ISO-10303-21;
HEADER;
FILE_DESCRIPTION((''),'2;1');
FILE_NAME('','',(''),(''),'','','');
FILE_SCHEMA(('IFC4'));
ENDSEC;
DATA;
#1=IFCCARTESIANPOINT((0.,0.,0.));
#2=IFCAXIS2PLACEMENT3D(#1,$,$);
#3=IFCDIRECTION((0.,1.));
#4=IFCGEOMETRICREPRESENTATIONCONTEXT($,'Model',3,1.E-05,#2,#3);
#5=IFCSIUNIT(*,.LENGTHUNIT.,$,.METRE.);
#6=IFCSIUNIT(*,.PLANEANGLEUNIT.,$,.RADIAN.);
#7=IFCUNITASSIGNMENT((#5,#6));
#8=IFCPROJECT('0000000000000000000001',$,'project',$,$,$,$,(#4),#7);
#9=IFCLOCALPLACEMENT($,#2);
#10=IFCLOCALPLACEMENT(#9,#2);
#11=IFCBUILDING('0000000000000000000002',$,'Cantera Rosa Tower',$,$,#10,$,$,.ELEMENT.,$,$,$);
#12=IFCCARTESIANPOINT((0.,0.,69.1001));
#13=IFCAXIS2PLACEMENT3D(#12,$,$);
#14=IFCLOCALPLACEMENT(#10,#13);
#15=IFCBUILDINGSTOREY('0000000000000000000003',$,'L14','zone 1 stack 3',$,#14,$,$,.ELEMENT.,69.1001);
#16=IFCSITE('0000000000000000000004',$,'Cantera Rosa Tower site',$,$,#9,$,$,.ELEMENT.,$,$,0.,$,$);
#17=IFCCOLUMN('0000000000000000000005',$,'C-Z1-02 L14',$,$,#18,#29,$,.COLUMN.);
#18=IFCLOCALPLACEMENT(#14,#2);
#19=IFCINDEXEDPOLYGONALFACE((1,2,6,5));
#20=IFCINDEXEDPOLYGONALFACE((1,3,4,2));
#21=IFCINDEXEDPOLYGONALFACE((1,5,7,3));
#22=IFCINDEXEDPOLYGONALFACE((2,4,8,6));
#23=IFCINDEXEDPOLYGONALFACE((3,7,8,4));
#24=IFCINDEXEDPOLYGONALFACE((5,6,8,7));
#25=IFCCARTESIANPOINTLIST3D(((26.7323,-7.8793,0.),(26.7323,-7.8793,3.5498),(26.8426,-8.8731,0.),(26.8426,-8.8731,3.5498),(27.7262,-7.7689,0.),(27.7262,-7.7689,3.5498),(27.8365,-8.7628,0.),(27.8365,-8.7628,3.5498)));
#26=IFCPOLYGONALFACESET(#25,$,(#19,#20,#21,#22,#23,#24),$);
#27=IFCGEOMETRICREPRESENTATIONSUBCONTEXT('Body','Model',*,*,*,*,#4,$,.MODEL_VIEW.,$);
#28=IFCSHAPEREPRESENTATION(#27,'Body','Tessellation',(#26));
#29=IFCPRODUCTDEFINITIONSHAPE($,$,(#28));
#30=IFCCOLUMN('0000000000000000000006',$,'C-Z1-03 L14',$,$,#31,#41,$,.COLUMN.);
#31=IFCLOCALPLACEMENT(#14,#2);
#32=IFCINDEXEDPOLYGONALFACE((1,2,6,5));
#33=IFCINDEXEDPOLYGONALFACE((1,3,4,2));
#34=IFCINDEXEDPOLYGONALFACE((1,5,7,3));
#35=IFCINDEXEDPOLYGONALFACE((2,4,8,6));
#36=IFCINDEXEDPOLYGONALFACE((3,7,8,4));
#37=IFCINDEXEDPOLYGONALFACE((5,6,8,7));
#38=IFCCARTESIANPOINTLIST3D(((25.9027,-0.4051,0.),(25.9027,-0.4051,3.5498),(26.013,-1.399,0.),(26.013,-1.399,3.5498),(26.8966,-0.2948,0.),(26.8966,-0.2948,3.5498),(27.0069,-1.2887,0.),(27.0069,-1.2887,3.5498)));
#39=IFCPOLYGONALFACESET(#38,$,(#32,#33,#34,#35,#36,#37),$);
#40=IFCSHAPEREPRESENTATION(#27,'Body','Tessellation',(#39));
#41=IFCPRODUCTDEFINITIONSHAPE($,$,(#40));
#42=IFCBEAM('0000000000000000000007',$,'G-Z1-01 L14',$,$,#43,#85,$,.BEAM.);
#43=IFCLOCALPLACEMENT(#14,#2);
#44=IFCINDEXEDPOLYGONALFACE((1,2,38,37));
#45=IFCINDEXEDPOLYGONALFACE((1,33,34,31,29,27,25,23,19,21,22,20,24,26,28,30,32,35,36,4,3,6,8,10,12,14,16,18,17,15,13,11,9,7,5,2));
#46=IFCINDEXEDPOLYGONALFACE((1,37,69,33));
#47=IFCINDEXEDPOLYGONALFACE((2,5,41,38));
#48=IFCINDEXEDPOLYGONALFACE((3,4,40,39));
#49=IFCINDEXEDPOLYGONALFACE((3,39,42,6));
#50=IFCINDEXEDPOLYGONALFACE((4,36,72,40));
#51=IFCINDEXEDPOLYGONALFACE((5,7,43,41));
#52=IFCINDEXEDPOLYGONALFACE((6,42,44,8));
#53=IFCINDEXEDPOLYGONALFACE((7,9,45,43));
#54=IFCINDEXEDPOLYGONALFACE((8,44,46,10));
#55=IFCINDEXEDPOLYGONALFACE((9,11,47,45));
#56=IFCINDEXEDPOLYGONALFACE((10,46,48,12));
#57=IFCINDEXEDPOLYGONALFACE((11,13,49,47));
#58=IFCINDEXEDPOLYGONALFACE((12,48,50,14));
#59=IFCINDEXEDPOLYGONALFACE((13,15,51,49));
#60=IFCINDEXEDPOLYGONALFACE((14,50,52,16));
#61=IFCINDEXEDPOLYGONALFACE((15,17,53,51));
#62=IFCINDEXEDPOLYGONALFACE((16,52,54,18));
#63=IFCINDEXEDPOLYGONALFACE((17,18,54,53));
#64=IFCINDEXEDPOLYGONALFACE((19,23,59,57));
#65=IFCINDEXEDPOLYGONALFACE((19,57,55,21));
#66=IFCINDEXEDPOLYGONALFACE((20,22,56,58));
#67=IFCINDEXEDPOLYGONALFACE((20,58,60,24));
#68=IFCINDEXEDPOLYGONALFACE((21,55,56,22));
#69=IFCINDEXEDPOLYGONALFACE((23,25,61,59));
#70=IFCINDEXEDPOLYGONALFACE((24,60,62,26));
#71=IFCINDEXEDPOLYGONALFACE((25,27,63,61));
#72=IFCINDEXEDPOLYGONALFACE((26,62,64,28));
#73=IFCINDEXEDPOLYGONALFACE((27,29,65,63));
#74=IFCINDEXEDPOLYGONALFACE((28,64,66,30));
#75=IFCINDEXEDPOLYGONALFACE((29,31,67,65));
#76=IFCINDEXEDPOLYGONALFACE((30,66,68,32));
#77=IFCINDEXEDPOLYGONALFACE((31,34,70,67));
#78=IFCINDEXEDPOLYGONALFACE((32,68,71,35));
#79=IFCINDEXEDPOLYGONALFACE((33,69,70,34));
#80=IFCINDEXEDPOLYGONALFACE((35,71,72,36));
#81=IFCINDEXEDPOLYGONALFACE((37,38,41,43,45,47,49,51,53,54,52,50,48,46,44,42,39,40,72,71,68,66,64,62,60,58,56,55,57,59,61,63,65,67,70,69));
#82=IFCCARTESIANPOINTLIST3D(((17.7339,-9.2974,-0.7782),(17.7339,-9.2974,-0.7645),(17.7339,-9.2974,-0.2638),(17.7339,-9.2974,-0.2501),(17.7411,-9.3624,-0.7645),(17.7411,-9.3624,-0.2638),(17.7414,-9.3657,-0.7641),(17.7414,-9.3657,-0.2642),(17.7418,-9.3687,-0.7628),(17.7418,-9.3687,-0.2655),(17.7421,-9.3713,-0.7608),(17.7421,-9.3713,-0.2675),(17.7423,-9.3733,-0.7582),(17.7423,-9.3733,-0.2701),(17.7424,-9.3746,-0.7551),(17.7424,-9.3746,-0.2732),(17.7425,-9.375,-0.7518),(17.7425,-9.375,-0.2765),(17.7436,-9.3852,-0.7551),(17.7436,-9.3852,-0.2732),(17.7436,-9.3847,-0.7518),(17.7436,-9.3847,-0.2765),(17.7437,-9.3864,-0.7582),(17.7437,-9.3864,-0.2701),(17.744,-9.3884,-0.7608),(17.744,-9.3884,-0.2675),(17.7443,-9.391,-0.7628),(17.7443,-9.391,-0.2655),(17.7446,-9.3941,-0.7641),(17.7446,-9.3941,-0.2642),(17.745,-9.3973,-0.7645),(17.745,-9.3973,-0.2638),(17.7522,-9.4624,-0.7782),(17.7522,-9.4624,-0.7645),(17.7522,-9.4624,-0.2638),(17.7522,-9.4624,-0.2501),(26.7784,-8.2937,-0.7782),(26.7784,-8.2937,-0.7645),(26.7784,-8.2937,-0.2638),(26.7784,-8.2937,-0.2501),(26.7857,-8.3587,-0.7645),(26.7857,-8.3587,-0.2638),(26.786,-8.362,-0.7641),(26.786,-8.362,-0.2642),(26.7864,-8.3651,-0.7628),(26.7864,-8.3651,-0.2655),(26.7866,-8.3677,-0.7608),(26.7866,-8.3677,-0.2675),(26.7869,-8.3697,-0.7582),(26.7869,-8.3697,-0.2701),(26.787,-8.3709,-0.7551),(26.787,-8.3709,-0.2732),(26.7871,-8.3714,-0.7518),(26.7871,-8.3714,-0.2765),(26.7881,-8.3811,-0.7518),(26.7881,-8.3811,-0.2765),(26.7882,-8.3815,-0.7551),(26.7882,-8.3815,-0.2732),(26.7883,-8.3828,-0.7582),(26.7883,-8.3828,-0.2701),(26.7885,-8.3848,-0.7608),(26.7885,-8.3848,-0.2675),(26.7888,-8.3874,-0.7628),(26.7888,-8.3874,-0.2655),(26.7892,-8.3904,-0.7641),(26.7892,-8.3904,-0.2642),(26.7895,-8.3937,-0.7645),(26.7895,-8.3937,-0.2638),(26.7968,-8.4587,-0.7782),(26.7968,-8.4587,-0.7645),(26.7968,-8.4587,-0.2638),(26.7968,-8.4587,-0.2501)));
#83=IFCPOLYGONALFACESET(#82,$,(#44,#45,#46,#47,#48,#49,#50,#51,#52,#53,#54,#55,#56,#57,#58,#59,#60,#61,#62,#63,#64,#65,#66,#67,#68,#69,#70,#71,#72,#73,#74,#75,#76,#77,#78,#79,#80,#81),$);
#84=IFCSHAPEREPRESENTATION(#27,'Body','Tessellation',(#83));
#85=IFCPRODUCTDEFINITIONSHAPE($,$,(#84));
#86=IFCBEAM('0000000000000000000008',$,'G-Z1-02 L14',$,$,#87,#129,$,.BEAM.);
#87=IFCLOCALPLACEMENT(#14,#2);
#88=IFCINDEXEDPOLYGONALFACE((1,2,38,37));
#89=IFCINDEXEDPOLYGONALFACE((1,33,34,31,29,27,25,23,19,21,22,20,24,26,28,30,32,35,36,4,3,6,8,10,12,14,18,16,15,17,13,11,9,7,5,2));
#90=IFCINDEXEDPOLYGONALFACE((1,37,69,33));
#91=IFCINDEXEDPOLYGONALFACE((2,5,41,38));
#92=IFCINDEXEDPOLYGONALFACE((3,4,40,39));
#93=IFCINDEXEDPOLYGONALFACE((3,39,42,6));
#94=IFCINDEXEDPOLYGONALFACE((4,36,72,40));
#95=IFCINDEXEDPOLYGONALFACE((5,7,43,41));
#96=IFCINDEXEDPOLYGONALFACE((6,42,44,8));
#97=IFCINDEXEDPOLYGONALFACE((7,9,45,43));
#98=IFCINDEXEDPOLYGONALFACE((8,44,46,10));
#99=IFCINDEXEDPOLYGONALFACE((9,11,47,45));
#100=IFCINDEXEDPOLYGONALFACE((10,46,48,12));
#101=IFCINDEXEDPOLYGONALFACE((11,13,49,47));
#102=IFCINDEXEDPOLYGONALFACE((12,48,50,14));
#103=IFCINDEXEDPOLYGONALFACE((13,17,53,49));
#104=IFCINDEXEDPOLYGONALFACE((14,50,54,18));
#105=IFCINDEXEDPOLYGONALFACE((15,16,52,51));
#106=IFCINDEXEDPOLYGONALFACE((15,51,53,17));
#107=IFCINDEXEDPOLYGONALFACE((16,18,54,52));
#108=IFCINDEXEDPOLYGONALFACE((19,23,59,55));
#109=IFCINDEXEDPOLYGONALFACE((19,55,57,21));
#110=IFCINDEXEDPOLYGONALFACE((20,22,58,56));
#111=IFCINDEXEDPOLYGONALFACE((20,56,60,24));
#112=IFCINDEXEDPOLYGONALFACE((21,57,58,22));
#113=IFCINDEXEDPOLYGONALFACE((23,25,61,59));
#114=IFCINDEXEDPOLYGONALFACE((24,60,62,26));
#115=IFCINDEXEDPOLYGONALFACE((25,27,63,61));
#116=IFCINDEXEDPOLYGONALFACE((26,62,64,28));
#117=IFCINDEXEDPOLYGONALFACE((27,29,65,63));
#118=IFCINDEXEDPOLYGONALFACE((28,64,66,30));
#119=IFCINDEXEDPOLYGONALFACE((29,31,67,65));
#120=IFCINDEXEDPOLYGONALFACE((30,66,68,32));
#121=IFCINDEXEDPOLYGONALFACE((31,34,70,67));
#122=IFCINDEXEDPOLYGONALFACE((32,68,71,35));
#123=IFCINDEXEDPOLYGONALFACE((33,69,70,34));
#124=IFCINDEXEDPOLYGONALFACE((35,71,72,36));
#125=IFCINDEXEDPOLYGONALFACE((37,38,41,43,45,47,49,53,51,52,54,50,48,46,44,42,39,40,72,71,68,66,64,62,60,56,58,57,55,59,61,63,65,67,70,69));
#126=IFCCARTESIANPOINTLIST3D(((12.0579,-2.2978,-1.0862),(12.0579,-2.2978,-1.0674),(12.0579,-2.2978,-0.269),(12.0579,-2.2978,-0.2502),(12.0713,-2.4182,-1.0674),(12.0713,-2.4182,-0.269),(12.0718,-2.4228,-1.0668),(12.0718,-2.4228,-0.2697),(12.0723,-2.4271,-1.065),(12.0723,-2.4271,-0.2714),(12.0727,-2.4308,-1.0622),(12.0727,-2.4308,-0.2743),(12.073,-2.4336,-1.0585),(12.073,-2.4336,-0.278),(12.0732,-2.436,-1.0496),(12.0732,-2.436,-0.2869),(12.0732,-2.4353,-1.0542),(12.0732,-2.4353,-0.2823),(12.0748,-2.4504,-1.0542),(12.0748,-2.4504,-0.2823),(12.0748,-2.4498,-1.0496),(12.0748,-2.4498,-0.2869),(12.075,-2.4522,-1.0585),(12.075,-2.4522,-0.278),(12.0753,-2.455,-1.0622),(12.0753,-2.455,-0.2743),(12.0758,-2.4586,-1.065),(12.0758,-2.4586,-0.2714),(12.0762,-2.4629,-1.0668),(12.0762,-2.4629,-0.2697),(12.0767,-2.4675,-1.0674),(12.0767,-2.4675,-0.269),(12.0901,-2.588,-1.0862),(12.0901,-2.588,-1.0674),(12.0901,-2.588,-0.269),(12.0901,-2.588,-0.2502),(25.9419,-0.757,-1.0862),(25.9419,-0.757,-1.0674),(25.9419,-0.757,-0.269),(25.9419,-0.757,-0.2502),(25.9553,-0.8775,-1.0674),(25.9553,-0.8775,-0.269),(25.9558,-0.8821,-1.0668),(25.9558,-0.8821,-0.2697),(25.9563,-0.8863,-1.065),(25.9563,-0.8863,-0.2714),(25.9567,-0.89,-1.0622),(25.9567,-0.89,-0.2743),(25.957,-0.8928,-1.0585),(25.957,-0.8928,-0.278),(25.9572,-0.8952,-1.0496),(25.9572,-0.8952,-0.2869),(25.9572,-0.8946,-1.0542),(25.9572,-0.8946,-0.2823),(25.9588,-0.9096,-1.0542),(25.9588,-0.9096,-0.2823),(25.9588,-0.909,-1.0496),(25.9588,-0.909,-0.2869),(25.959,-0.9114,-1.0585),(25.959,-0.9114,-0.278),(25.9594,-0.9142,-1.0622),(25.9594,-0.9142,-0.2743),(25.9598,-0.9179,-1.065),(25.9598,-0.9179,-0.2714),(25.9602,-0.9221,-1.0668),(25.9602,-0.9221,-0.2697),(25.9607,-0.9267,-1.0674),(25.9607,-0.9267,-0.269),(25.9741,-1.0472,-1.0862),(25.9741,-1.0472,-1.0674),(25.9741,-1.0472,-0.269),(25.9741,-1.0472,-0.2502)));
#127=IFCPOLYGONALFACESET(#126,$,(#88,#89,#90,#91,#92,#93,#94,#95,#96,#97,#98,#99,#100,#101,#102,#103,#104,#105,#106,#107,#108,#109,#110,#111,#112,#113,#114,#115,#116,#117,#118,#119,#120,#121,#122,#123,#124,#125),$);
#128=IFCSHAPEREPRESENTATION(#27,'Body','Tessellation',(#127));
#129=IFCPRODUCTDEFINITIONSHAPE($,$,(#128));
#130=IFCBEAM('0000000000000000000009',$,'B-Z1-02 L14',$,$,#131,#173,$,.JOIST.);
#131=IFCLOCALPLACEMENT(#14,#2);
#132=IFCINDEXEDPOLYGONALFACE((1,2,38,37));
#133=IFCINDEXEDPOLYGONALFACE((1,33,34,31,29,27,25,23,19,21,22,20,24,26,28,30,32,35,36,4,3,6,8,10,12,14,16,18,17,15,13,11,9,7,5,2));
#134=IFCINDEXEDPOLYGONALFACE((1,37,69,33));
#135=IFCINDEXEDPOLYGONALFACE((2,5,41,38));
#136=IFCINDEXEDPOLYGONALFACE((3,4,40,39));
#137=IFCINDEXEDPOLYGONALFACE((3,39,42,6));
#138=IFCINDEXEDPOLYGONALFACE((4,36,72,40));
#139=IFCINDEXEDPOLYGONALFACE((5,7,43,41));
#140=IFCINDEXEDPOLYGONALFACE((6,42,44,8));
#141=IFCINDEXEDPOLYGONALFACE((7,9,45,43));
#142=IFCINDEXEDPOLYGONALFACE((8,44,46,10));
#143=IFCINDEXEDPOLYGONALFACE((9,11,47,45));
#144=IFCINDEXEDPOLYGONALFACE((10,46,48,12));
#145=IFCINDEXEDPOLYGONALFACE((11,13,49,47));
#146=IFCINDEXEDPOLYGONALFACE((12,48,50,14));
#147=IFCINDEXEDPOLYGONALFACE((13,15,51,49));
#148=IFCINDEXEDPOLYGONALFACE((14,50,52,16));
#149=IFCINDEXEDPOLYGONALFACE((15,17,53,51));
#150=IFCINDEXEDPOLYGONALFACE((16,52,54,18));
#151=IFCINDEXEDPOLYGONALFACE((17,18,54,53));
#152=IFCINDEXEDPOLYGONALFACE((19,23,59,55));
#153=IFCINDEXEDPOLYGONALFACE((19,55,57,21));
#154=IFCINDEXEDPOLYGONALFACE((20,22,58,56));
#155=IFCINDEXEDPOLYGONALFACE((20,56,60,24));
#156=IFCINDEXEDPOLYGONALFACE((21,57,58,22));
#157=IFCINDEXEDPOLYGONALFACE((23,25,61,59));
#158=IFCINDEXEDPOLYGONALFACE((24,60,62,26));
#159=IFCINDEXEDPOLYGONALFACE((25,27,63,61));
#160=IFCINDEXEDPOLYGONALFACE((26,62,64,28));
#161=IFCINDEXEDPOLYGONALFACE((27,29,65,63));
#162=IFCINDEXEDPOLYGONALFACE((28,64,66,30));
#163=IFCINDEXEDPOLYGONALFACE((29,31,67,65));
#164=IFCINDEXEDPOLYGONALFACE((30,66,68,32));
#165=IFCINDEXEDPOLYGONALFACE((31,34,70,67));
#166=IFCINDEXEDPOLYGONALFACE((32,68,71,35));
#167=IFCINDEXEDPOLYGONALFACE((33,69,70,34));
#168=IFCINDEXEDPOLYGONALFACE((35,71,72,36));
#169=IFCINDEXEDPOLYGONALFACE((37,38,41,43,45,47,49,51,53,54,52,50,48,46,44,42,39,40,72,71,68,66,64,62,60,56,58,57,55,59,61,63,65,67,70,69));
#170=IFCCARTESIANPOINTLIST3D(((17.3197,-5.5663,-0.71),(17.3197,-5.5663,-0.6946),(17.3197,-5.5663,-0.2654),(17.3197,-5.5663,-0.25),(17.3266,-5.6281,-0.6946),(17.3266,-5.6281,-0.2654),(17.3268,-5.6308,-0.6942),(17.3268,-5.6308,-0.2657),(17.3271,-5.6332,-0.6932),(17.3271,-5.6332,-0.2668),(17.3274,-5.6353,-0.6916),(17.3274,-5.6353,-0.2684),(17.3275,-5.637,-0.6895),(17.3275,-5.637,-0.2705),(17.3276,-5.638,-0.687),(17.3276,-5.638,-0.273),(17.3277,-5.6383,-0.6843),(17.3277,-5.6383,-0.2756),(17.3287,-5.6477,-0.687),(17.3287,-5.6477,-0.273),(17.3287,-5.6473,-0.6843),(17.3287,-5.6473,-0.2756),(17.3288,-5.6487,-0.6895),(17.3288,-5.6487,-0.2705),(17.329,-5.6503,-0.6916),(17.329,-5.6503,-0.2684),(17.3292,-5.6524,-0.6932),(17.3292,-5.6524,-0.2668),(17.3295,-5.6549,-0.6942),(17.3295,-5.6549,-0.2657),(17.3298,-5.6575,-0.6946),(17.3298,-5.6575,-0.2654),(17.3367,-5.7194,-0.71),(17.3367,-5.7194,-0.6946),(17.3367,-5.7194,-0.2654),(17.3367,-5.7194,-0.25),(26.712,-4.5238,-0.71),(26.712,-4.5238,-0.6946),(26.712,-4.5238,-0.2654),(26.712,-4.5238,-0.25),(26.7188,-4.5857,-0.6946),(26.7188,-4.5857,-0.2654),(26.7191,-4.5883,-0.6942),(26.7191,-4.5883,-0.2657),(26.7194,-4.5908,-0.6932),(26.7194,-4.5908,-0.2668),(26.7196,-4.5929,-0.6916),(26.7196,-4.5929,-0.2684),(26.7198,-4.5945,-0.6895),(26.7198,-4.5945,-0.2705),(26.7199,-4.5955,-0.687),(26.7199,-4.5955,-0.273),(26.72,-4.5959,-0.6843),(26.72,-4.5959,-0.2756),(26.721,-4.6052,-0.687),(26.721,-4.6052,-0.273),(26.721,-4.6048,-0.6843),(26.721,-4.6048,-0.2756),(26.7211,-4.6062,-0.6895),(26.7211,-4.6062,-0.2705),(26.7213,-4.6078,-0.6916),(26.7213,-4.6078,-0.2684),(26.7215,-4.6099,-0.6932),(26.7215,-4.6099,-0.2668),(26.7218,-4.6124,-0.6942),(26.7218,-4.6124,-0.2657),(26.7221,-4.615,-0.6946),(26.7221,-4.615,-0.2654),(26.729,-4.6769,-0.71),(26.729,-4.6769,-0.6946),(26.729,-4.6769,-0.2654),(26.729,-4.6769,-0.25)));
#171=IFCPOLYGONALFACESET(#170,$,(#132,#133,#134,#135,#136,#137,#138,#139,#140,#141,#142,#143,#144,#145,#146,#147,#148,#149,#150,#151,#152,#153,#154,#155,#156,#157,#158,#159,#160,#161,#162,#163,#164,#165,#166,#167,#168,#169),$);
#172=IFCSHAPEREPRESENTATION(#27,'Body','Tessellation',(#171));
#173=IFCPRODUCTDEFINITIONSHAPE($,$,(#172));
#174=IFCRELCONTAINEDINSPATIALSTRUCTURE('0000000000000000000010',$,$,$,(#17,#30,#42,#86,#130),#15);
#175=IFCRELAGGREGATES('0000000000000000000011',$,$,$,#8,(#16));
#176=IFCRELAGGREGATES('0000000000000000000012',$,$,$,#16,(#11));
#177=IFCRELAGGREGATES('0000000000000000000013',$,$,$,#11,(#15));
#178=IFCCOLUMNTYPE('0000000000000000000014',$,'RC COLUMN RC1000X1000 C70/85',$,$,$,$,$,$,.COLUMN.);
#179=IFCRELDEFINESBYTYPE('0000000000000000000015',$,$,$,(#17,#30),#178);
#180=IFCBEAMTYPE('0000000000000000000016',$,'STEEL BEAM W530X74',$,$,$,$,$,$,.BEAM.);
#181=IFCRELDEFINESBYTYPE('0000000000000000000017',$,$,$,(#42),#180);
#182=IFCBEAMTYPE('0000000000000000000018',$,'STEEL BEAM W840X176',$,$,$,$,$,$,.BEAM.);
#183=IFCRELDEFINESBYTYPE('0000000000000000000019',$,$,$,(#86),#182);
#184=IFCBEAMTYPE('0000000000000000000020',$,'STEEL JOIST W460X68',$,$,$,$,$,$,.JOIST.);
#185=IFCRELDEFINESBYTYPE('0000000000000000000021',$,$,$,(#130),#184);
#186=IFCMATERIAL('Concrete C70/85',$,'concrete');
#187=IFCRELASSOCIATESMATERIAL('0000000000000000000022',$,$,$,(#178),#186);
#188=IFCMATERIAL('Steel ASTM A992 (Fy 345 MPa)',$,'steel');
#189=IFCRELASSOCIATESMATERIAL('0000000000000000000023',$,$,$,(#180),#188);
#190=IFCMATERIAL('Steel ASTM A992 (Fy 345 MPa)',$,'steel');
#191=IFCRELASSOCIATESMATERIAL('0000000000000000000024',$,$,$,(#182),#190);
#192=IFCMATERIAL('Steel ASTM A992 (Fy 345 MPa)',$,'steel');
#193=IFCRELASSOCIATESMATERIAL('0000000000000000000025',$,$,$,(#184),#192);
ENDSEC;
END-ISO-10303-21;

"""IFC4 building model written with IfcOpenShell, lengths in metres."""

from ifc_helpers import new_model, si_unit, direction, frame, origin, origin_2d, place, context, subcontext, project, spatial, rectangle, i_section, extrude, material, material_profile, profile_set, type_object, element, save


model = new_model("IFC4")

# Units and contexts
model_context = context("Model", 3, precision=1e-05, world=origin(), true_north=direction((0.0, 1.0)))
body_context = subcontext(model_context, "Body", "Model", "MODEL_VIEW")
ifc_project = project(units=[si_unit("LENGTHUNIT", "METRE"), si_unit("PLANEANGLEUNIT", "RADIAN")], contexts=[model_context])

# Site, building, storey
site_placement = place(None, origin())
site = spatial("IfcSite", under=ifc_project, at=site_placement, Name="Cantera Rosa Tower site", CompositionType="ELEMENT", RefElevation=0.0)
building_placement = place(site_placement, origin())
building = spatial("IfcBuilding", under=site, at=building_placement, Name="Cantera Rosa Tower", CompositionType="ELEMENT")
storey_placement = place(building_placement, frame((0.0, 0.0, 69.1001)))
storey = spatial("IfcBuildingStorey", under=building, at=storey_placement, Name="L14", Description="zone 1 stack 3", CompositionType="ELEMENT", Elevation=69.1001)

# Columns
ifc_material_1 = material(Name="Concrete C70/85", Category="concrete")
ifc_material_profile_1 = material_profile(ifc_material_1, rectangle(XDim=1.0, YDim=1.0, at=origin_2d()), Name="RC COLUMN RC1000X1000 C70/85")
ifc_profile_set_1 = profile_set([ifc_material_profile_1], Name="Concrete C70/85")
column_type = type_object("IfcColumnType", Name="RC COLUMN RC1000X1000 C70/85", PredefinedType="COLUMN", material=ifc_profile_set_1)
for number, where, z_axis, x_axis, name in (
    (1, (27.2844, -8.321, 0.0), (0.0, 0.0, 1.0), (0.993897, 0.110313, 0.0), "C-Z1-02 L14"),
    (2, (26.4548, -0.8469, 0.0), (0.0, 0.0, 1.0), (0.993897, 0.110313, 0.0), "C-Z1-03 L14"),
):
    element("IfcColumn", number, at=place(storey_placement, frame(where, z_axis=z_axis, x_axis=x_axis)), inside=storey, type_object=column_type, Name=name, PredefinedType="COLUMN", context=body_context, shape_type="SweptSolid", body=[
        extrude(rectangle(XDim=1.0, YDim=1.0, at=origin_2d()), origin(), (0.0, 0.0, 1.0), 3.5498),
    ])

# Beams
ifc_material_2 = material(Name="Steel ASTM A992 (Fy 345 MPa)", Category="steel")
ifc_material_profile_2 = material_profile(ifc_material_2, i_section(OverallWidth=0.166, OverallDepth=0.5281, WebThickness=0.0098, FlangeThickness=0.0137, FilletRadius=0.0127, at=origin_2d()), Name="W530X74")
ifc_profile_set_2 = profile_set([ifc_material_profile_2], Name="Steel ASTM A992 (Fy 345 MPa)")
beam_type_1 = type_object("IfcBeamType", Name="STEEL BEAM W530X74", PredefinedType="BEAM", material=ifc_profile_set_2)
beam_1_placement = place(storey_placement, frame((26.7876, -8.3762, -0.5142), z_axis=(-0.993899, -0.11029, 0.0), x_axis=(0.11029, -0.993899, 0.0)))
element("IfcBeam", 3, at=beam_1_placement, inside=storey, type_object=beam_type_1, Name="G-Z1-01 L14", PredefinedType="BEAM", context=body_context, shape_type="SweptSolid", body=[
    extrude(i_section(OverallWidth=0.166, OverallDepth=0.5281, WebThickness=0.0098, FlangeThickness=0.0137, FilletRadius=0.0127, at=origin_2d()), origin(), (0.0, 0.0, 1.0), 9.1001),
])
ifc_material_3 = material(Name="Steel ASTM A992 (Fy 345 MPa)", Category="steel")
ifc_material_profile_3 = material_profile(ifc_material_3, i_section(OverallWidth=0.292, OverallDepth=0.8359, WebThickness=0.0139, FlangeThickness=0.0188, FilletRadius=0.0178, at=origin_2d()), Name="W840X176")
ifc_profile_set_3 = profile_set([ifc_material_profile_3], Name="Steel ASTM A992 (Fy 345 MPa)")
beam_type_2 = type_object("IfcBeamType", Name="STEEL BEAM W840X176", PredefinedType="BEAM", material=ifc_profile_set_3)
beam_2_placement = place(storey_placement, frame((25.958, -0.9021, -0.6682), z_axis=(-0.993899, -0.110297, 0.0), x_axis=(0.110297, -0.993899, 0.0)))
element("IfcBeam", 4, at=beam_2_placement, inside=storey, type_object=beam_type_2, Name="G-Z1-02 L14", PredefinedType="BEAM", context=body_context, shape_type="SweptSolid", body=[
    extrude(i_section(OverallWidth=0.292, OverallDepth=0.8359, WebThickness=0.0139, FlangeThickness=0.0188, FilletRadius=0.0178, at=origin_2d()), origin(), (0.0, 0.0, 1.0), 13.9692),
])
ifc_material_4 = material(Name="Steel ASTM A992 (Fy 345 MPa)", Category="steel")
ifc_material_profile_4 = material_profile(ifc_material_4, i_section(OverallWidth=0.1541, OverallDepth=0.46, WebThickness=0.009, FlangeThickness=0.0154, FilletRadius=0.0103, at=origin_2d()), Name="W460X68")
ifc_profile_set_4 = profile_set([ifc_material_profile_4], Name="Steel ASTM A992 (Fy 345 MPa)")
beam_type_3 = type_object("IfcBeamType", Name="STEEL JOIST W460X68", PredefinedType="JOIST", material=ifc_profile_set_4)
beam_3_placement = place(storey_placement, frame((26.7205, -4.6003, -0.48), z_axis=(-0.993897, -0.110315, 0.0), x_axis=(0.110315, -0.993897, 0.0)))
element("IfcBeam", 5, at=beam_3_placement, inside=storey, type_object=beam_type_3, Name="B-Z1-02 L14", PredefinedType="JOIST", context=body_context, shape_type="SweptSolid", body=[
    extrude(i_section(OverallWidth=0.1541, OverallDepth=0.46, WebThickness=0.009, FlangeThickness=0.0154, FilletRadius=0.0103, at=origin_2d()), origin(), (0.0, 0.0, 1.0), 9.45),
])

save(model, "model.ifc")
